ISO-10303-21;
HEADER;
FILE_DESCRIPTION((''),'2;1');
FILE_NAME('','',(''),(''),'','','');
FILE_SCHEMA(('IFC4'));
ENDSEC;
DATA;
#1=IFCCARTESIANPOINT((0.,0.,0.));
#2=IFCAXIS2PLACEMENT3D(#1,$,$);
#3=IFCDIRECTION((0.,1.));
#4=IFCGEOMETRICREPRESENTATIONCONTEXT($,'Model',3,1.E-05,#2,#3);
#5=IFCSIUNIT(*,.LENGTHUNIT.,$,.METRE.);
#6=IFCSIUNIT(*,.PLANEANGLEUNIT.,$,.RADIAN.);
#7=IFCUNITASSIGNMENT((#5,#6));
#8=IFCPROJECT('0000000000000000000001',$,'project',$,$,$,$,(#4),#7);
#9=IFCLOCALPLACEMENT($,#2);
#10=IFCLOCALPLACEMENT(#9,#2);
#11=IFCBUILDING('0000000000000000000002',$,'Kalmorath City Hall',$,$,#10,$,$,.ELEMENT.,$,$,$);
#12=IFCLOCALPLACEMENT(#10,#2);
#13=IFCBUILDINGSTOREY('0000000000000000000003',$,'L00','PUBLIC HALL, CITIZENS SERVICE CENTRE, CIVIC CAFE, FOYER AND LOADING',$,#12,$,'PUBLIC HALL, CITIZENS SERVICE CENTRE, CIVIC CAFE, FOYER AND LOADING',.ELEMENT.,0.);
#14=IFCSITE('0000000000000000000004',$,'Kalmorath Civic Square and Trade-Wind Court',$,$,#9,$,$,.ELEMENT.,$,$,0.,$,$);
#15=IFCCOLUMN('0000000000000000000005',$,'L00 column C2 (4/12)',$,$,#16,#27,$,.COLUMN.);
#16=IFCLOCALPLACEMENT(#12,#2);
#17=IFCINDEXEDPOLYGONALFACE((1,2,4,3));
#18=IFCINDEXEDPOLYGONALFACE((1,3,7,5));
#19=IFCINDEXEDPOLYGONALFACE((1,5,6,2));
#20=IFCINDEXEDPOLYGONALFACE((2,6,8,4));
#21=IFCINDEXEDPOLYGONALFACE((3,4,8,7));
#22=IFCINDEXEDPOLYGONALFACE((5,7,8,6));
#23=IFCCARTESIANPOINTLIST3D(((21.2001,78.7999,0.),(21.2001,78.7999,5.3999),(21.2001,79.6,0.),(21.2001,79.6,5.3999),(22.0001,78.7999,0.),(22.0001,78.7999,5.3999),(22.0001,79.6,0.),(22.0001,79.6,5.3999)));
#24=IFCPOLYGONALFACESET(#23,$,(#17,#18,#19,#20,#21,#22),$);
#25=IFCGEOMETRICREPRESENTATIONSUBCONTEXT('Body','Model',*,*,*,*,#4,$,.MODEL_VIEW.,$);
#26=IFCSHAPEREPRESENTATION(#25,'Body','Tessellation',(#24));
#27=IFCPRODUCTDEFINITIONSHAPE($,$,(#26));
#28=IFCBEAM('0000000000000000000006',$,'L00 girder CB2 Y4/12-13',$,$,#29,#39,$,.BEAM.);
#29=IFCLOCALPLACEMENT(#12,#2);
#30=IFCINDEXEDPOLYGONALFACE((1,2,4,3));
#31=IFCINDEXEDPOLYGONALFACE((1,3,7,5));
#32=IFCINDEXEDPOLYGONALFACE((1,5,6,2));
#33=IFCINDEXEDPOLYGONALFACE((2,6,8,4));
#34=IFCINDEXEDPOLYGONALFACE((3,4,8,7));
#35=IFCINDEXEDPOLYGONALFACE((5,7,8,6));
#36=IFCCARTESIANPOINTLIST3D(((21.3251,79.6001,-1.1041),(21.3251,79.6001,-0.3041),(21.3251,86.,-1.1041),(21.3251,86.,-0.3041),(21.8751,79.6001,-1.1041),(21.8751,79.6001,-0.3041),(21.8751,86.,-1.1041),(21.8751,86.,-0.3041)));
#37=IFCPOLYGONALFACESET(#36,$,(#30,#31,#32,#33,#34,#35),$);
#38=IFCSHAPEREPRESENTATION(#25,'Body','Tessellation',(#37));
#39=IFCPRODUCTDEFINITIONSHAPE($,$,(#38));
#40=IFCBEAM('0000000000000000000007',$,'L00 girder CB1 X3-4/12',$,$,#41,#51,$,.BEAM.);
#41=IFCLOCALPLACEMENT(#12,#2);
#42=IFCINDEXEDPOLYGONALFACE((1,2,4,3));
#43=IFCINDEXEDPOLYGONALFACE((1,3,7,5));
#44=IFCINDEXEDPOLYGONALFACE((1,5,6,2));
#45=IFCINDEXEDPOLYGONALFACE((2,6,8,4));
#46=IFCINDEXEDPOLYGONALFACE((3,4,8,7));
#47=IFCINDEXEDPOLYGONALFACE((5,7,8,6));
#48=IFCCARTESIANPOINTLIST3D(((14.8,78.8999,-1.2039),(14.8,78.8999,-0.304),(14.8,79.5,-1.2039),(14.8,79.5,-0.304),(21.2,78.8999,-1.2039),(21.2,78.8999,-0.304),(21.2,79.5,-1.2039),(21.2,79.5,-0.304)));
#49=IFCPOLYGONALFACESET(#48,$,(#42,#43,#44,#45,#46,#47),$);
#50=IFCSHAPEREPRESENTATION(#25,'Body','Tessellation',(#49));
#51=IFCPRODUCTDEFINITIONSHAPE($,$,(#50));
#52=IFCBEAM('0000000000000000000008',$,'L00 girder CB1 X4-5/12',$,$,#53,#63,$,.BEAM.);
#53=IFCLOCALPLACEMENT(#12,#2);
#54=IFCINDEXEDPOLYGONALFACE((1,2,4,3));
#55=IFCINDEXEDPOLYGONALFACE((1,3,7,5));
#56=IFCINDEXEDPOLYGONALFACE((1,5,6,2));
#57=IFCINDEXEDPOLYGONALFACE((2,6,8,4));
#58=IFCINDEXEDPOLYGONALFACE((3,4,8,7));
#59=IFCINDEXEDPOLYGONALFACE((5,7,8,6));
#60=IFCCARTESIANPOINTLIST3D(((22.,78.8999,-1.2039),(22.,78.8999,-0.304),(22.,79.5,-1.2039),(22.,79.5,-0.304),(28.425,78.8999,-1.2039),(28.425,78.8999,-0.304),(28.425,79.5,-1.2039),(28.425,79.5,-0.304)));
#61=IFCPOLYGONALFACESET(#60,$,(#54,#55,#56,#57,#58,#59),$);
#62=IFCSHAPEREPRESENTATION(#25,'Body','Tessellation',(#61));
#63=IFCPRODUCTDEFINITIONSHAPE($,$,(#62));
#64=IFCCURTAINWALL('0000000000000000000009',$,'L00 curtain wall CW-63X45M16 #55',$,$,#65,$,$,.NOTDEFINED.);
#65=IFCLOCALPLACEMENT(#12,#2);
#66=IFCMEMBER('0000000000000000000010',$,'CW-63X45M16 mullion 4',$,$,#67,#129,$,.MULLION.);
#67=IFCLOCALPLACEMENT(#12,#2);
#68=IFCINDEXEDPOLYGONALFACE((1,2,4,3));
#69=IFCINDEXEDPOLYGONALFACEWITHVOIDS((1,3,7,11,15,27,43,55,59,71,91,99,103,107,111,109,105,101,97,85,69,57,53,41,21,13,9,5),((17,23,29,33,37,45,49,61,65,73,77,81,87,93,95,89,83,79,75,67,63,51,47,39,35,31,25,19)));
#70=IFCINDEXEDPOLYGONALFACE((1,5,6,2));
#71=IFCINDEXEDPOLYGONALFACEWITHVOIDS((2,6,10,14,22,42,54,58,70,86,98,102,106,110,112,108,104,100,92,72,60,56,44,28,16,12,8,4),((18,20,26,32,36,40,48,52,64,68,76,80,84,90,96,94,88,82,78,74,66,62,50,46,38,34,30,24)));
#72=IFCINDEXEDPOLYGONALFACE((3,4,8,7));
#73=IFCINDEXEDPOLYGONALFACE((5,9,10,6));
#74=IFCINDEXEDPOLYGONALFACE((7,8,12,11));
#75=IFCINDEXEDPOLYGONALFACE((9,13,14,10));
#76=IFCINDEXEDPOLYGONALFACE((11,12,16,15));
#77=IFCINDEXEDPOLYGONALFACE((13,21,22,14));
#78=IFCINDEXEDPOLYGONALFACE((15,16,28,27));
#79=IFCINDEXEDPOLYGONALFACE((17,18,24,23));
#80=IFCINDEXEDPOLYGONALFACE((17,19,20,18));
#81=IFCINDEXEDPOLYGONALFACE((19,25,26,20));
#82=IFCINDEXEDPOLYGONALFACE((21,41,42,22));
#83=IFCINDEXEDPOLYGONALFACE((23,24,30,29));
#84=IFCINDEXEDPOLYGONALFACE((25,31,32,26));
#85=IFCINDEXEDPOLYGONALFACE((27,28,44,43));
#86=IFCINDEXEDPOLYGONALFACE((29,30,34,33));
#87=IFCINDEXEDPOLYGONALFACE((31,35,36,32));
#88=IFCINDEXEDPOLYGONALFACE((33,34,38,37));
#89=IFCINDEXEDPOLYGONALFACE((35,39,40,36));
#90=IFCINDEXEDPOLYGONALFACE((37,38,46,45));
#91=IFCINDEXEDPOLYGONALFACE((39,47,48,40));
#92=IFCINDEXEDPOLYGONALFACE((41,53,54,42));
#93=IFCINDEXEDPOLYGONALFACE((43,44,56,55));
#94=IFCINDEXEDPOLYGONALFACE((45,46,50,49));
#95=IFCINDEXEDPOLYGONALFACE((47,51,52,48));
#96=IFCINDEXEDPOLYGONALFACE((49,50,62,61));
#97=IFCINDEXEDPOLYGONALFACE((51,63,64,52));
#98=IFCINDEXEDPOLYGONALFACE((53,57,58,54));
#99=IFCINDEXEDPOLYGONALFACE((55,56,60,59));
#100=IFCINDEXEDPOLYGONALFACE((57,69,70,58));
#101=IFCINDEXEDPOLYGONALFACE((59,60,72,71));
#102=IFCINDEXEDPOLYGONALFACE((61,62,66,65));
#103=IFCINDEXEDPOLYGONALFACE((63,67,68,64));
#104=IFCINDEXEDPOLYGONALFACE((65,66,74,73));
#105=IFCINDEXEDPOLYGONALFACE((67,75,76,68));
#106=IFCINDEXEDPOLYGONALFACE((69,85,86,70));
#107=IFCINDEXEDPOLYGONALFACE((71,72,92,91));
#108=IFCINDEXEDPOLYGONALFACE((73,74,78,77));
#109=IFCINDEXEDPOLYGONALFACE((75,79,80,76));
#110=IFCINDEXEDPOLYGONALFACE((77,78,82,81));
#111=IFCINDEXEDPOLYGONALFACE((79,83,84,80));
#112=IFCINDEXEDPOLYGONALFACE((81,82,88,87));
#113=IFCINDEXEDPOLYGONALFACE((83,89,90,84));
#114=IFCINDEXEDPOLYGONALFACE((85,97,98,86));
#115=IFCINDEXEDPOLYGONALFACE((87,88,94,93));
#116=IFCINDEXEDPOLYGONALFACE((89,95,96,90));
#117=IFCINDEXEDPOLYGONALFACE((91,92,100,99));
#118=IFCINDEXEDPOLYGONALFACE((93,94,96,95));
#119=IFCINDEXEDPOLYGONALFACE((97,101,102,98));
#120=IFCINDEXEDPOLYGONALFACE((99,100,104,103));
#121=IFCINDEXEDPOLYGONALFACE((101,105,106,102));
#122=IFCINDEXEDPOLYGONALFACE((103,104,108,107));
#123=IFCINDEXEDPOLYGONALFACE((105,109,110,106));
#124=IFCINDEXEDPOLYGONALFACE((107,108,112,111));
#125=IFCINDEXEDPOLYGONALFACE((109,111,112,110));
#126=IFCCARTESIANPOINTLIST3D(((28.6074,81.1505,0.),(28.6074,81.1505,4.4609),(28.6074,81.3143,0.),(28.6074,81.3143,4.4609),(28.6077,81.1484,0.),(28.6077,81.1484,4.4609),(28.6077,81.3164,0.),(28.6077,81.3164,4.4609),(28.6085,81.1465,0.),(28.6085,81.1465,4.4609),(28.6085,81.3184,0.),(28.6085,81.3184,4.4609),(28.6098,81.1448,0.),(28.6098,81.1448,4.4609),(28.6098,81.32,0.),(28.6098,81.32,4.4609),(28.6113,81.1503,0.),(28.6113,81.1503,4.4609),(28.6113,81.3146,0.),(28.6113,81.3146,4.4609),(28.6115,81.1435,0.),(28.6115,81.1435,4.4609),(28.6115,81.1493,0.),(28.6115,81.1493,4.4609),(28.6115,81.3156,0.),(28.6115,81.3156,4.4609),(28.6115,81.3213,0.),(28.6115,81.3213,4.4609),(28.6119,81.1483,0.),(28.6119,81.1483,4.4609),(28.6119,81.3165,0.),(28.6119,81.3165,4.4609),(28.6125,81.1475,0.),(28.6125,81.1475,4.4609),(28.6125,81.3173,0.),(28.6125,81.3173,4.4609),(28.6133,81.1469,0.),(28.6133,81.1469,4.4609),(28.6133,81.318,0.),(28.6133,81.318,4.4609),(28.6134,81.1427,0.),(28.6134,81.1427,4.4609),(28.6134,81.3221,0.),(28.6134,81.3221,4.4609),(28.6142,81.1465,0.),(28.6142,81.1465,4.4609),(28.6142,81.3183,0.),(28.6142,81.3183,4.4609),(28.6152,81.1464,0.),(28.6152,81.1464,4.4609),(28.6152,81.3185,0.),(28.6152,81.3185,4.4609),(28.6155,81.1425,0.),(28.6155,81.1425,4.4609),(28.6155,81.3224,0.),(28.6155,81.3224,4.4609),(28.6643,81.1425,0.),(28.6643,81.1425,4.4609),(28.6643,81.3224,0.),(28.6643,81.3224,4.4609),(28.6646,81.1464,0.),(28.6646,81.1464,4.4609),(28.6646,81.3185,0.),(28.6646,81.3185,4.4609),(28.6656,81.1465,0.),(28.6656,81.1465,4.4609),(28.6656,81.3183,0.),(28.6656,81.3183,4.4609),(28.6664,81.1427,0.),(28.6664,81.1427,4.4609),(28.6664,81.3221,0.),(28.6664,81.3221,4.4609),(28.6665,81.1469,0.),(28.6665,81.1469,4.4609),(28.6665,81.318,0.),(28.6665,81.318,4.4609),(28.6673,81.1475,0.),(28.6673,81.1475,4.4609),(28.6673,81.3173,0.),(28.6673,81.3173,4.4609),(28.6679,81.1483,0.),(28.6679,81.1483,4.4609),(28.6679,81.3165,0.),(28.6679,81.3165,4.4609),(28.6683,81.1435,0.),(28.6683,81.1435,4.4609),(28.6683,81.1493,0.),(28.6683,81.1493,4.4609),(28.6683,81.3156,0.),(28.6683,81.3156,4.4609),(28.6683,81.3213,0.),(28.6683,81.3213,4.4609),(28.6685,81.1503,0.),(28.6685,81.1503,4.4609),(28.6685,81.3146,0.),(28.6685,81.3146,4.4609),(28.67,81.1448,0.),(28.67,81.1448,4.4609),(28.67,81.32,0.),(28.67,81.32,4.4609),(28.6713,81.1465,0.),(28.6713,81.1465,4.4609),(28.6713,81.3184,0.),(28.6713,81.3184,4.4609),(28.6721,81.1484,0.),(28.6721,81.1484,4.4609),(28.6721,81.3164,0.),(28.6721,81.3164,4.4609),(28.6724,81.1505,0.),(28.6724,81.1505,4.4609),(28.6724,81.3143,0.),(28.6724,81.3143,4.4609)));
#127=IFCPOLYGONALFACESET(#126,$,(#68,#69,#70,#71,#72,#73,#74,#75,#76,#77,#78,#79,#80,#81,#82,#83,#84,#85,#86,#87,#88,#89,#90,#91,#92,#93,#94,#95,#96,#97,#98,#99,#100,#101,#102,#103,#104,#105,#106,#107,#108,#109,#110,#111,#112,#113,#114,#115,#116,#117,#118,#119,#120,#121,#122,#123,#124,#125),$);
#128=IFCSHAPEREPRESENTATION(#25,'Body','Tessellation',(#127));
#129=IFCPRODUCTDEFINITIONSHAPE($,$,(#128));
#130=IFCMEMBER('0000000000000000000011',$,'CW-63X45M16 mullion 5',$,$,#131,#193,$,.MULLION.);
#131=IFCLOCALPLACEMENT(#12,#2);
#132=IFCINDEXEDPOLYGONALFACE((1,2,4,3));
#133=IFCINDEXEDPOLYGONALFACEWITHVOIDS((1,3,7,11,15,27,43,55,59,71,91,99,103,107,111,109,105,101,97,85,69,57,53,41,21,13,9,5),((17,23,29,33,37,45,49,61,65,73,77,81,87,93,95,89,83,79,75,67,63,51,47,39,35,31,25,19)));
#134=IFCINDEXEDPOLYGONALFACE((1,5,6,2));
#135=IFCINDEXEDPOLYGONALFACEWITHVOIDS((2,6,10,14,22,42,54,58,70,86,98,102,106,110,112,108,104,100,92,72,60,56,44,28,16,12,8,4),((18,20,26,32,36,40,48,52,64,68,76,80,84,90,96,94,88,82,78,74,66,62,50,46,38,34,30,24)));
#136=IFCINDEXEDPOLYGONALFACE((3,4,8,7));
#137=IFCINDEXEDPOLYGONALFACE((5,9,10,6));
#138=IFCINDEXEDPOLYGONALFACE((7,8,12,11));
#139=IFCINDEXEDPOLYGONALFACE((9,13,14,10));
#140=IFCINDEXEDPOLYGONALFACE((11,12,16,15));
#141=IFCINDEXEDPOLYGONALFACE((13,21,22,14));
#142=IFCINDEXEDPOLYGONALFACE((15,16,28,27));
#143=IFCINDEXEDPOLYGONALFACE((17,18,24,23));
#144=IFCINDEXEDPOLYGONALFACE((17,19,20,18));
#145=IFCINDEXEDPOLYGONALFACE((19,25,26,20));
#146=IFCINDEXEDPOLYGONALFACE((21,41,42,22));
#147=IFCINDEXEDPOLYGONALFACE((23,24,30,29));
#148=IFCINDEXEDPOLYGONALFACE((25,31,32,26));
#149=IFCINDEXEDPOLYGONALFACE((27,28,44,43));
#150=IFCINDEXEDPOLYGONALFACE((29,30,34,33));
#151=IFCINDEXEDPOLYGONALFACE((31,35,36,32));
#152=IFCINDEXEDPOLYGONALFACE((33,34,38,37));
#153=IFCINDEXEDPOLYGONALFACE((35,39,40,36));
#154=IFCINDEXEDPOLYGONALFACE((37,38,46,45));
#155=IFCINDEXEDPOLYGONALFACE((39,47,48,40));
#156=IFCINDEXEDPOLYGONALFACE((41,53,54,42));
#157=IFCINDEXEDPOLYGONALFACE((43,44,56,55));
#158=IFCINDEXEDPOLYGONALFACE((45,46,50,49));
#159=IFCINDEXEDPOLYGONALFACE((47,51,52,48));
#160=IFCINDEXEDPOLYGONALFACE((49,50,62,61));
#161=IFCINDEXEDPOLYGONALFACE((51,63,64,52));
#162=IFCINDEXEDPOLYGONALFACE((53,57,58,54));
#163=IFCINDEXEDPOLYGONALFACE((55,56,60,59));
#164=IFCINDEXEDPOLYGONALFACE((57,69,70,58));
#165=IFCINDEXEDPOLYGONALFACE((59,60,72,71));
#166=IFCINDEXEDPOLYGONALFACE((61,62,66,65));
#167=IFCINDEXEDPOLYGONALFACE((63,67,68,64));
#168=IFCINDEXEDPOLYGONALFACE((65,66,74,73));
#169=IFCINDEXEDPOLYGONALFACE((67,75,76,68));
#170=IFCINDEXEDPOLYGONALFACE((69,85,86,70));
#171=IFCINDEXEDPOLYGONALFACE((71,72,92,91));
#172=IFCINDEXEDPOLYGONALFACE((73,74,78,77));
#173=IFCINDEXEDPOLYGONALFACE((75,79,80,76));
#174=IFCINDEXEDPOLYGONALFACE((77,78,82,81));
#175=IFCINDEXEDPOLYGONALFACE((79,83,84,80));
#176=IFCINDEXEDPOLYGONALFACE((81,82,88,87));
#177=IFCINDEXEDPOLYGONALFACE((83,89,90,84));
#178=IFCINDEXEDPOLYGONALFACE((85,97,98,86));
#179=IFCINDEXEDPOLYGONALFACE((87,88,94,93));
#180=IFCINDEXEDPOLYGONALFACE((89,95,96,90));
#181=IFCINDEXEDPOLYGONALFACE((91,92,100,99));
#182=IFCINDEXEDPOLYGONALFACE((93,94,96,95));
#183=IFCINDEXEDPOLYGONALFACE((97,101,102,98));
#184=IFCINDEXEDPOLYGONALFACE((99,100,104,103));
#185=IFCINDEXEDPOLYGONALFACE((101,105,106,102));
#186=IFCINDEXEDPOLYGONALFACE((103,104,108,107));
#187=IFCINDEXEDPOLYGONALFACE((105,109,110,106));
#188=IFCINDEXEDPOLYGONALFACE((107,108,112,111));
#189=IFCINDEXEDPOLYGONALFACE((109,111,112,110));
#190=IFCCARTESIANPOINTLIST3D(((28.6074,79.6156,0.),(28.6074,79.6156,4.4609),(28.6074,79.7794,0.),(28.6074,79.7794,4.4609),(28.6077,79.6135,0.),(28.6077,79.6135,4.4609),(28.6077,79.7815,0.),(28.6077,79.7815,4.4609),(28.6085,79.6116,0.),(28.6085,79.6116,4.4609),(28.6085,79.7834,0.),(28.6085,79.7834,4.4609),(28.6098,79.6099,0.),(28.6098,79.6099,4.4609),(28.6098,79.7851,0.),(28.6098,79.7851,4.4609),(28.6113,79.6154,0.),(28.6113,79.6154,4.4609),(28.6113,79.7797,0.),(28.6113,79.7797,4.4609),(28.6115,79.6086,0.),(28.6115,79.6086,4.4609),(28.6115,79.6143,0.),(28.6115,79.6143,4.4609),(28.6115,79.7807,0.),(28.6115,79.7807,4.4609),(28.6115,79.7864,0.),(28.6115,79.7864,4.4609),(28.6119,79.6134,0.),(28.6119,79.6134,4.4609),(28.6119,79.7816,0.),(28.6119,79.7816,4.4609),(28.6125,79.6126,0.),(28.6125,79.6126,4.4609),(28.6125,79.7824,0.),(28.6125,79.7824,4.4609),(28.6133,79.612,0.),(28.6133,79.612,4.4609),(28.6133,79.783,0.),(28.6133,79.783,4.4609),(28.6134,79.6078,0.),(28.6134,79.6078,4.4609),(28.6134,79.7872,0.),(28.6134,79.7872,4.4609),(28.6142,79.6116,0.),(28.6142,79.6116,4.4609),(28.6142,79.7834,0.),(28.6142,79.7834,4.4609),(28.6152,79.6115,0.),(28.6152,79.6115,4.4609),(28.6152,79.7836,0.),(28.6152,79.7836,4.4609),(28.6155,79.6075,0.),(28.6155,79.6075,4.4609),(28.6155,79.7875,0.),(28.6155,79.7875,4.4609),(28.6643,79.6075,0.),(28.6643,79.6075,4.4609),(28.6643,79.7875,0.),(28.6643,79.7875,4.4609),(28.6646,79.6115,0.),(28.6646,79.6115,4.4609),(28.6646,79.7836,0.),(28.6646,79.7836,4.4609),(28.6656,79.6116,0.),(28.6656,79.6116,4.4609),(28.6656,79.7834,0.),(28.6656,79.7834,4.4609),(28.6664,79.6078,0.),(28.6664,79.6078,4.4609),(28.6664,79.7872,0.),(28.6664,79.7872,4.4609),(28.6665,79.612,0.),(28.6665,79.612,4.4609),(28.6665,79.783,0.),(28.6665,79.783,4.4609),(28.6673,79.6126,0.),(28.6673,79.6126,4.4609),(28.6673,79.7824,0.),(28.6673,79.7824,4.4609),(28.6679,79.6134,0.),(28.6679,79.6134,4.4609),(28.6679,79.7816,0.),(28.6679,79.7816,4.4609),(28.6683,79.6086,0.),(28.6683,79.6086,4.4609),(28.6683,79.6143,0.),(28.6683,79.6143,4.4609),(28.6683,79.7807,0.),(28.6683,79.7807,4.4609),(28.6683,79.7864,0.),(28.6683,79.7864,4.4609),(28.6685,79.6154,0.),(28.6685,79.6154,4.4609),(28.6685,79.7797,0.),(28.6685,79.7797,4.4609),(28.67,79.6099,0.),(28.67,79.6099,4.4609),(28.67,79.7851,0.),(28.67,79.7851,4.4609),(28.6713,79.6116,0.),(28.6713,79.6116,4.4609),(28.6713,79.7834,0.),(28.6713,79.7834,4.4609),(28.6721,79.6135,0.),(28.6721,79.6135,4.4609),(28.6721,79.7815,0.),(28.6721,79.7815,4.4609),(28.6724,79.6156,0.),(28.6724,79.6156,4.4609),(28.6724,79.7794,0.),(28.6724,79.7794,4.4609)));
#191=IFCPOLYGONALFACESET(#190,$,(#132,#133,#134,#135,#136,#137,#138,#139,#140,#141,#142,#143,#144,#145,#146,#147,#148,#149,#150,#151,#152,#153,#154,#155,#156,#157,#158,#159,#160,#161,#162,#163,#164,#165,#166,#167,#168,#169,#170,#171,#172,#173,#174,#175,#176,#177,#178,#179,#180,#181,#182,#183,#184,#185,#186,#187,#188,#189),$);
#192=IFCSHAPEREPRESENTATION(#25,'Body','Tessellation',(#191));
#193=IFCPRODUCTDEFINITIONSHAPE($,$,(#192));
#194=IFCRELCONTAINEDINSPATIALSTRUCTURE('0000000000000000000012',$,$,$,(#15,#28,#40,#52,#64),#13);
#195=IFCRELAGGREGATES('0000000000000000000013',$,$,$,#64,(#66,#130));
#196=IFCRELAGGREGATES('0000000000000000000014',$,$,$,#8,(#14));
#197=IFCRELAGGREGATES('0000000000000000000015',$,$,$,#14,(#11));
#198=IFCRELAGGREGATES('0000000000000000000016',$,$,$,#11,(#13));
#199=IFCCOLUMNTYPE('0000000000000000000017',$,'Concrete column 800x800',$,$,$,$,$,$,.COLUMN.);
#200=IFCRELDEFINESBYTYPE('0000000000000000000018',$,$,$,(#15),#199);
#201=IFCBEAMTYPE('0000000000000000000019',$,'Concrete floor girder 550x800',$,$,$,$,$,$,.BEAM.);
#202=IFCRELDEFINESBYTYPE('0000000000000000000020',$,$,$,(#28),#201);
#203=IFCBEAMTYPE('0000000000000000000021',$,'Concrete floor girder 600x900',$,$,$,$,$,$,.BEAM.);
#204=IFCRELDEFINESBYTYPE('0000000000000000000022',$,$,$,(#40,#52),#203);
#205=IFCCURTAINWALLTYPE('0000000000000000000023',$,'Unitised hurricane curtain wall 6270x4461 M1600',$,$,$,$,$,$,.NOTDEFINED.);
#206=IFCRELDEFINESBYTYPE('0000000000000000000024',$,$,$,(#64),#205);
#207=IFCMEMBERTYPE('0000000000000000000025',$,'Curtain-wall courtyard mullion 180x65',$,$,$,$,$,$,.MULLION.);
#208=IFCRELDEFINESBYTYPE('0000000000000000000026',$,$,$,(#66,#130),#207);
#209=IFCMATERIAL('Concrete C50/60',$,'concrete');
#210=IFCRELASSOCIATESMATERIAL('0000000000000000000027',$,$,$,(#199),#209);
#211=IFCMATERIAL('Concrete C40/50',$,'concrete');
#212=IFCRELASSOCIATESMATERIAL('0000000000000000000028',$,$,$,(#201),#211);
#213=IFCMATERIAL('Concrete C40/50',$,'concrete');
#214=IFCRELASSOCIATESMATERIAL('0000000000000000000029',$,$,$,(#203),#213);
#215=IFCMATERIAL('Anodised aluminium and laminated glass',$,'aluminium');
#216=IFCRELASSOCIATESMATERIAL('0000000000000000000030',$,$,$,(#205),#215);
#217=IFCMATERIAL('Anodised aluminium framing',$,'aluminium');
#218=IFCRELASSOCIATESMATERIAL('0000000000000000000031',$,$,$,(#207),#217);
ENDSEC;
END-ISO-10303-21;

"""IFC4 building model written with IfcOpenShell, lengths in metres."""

from ifc_helpers import new_model, si_unit, direction, frame, origin, origin_2d, place, context, subcontext, project, spatial, rectangle, hollow_rectangle, extrude, material, material_profile, profile_set, type_object, element, aggregate, save


model = new_model("IFC4")

# Units and contexts
model_context = context("Model", 3, precision=1e-05, world=origin(), true_north=direction((0.0, 1.0)))
body_context = subcontext(model_context, "Body", "Model", "MODEL_VIEW")
ifc_project = project(units=[si_unit("LENGTHUNIT", "METRE"), si_unit("PLANEANGLEUNIT", "RADIAN")], contexts=[model_context])

# Site, building, storey
site_placement = place(None, origin())
site = spatial("IfcSite", under=ifc_project, at=site_placement, Name="Kalmorath Civic Square and Trade-Wind Court", CompositionType="ELEMENT", RefElevation=0.0)
building_placement = place(site_placement, origin())
building = spatial("IfcBuilding", under=site, at=building_placement, Name="Kalmorath City Hall", CompositionType="ELEMENT")
storey_placement = place(building_placement, origin())
storey = spatial("IfcBuildingStorey", under=building, at=storey_placement, Name="L00", Description="PUBLIC HALL, CITIZENS SERVICE CENTRE, CIVIC CAFE, FOYER AND LOADING", LongName="PUBLIC HALL, CITIZENS SERVICE CENTRE, CIVIC CAFE, FOYER AND LOADING", CompositionType="ELEMENT", Elevation=0.0)

# Column
ifc_material_1 = material(Name="Concrete C50/60", Category="concrete")
ifc_material_profile_1 = material_profile(ifc_material_1, rectangle(XDim=0.8, YDim=0.8, at=origin_2d()), Name="RC-COL-800X800")
ifc_profile_set_1 = profile_set([ifc_material_profile_1], Name="Concrete C50/60")
column_type = type_object("IfcColumnType", Name="Concrete column 800x800", PredefinedType="COLUMN", material=ifc_profile_set_1)
column_placement = place(storey_placement, frame((21.6001, 79.2, 0.0), z_axis=(0.0, 0.0, 1.0), x_axis=(1.0, 0.0, 0.0)))
element("IfcColumn", 1, at=column_placement, inside=storey, type_object=column_type, Name="L00 column C2 (4/12)", PredefinedType="COLUMN", context=body_context, shape_type="SweptSolid", body=[
    extrude(rectangle(XDim=0.8, YDim=0.8, at=origin_2d()), origin(), (0.0, 0.0, 1.0), 5.3999),
])

# Beams
ifc_material_2 = material(Name="Concrete C40/50", Category="concrete")
ifc_material_profile_2 = material_profile(ifc_material_2, rectangle(XDim=0.55, YDim=0.8, at=origin_2d()), Name="RC-BM-550X800")
ifc_profile_set_2 = profile_set([ifc_material_profile_2], Name="Concrete C40/50")
beam_type_1 = type_object("IfcBeamType", Name="Concrete floor girder 550x800", PredefinedType="BEAM", material=ifc_profile_set_2)
beam_1_placement = place(storey_placement, frame((21.6001, 79.6001, -0.7041), z_axis=(0.0, 1.0, 0.0), x_axis=(-1.0, 0.0, 0.0)))
element("IfcBeam", 2, at=beam_1_placement, inside=storey, type_object=beam_type_1, Name="L00 girder CB2 Y4/12-13", PredefinedType="BEAM", context=body_context, shape_type="SweptSolid", body=[
    extrude(rectangle(XDim=0.55, YDim=0.8, at=origin_2d()), origin(), (0.0, 0.0, 1.0), 6.3999),
])
ifc_material_3 = material(Name="Concrete C40/50", Category="concrete")
ifc_material_profile_3 = material_profile(ifc_material_3, rectangle(XDim=0.6001, YDim=0.8999, at=origin_2d()), Name="RC-BM-600X900")
ifc_profile_set_3 = profile_set([ifc_material_profile_3], Name="Concrete C40/50")
beam_type_2 = type_object("IfcBeamType", Name="Concrete floor girder 600x900", PredefinedType="BEAM", material=ifc_profile_set_3)
beam_2_placement = place(storey_placement, frame((14.8, 79.2, -0.7539), z_axis=(1.0, 0.0, 0.0), x_axis=(0.0, 1.0, 0.0)))
element("IfcBeam", 3, at=beam_2_placement, inside=storey, type_object=beam_type_2, Name="L00 girder CB1 X3-4/12", PredefinedType="BEAM", context=body_context, shape_type="SweptSolid", body=[
    extrude(rectangle(XDim=0.6001, YDim=0.8999, at=origin_2d()), origin(), (0.0, 0.0, 1.0), 6.3999),
])
beam_3_placement = place(storey_placement, frame((22.0, 79.2, -0.7539), z_axis=(1.0, 0.0, 0.0), x_axis=(0.0, 1.0, 0.0)))
element("IfcBeam", 4, at=beam_3_placement, inside=storey, type_object=beam_type_2, Name="L00 girder CB1 X4-5/12", PredefinedType="BEAM", context=body_context, shape_type="SweptSolid", body=[
    extrude(rectangle(XDim=0.6001, YDim=0.8999, at=origin_2d()), origin(), (0.0, 0.0, 1.0), 6.425),
])

# Curtain wall, members
ifc_material_4 = material(Name="Anodised aluminium and laminated glass", Category="aluminium")
curtain_wall_type = type_object("IfcCurtainWallType", Name="Unitised hurricane curtain wall 6270x4461 M1600", PredefinedType="NOTDEFINED", material=ifc_material_4)
curtain_wall_placement = place(storey_placement, origin())
curtain_wall = element("IfcCurtainWall", 5, at=curtain_wall_placement, inside=storey, type_object=curtain_wall_type, Name="L00 curtain wall CW-63X45M16 #55", PredefinedType="NOTDEFINED")
ifc_material_5 = material(Name="Anodised aluminium framing", Category="aluminium")
ifc_material_profile_4 = material_profile(ifc_material_5, hollow_rectangle(XDim=0.0649, YDim=0.1799, WallThickness=0.0039, InnerFilletRadius=0.0039, OuterFilletRadius=0.0081, at=origin_2d()), Name="ALU-MUL-180X65X4")
ifc_profile_set_4 = profile_set([ifc_material_profile_4], Name="Anodised aluminium framing")
member_type_1 = type_object("IfcMemberType", Name="Curtain-wall courtyard mullion 180x65", PredefinedType="MULLION", material=ifc_profile_set_4)
member_1_placement = place(storey_placement, frame((28.6399, 81.2324, 0.0), z_axis=(0.0, 0.0, 1.0), x_axis=(1.0, 0.0, 0.0)))
member_1 = element("IfcMember", 6, at=member_1_placement, type_object=member_type_1, Name="CW-63X45M16 mullion 4", PredefinedType="MULLION", context=body_context, shape_type="SweptSolid", body=[
    extrude(hollow_rectangle(XDim=0.0649, YDim=0.1799, WallThickness=0.0039, InnerFilletRadius=0.0039, OuterFilletRadius=0.0081, at=origin_2d()), origin(), (0.0, 0.0, 1.0), 4.4609),
])
member_2_placement = place(storey_placement, frame((28.6399, 79.6975, 0.0), z_axis=(0.0, 0.0, 1.0), x_axis=(1.0, 0.0, 0.0)))
member_2 = element("IfcMember", 7, at=member_2_placement, type_object=member_type_1, Name="CW-63X45M16 mullion 5", PredefinedType="MULLION", context=body_context, shape_type="SweptSolid", body=[
    extrude(hollow_rectangle(XDim=0.0649, YDim=0.1799, WallThickness=0.0039, InnerFilletRadius=0.0039, OuterFilletRadius=0.0081, at=origin_2d()), origin(), (0.0, 0.0, 1.0), 4.4609),
])

aggregate(curtain_wall, [member_1, member_2])

save(model, "model.ifc")
